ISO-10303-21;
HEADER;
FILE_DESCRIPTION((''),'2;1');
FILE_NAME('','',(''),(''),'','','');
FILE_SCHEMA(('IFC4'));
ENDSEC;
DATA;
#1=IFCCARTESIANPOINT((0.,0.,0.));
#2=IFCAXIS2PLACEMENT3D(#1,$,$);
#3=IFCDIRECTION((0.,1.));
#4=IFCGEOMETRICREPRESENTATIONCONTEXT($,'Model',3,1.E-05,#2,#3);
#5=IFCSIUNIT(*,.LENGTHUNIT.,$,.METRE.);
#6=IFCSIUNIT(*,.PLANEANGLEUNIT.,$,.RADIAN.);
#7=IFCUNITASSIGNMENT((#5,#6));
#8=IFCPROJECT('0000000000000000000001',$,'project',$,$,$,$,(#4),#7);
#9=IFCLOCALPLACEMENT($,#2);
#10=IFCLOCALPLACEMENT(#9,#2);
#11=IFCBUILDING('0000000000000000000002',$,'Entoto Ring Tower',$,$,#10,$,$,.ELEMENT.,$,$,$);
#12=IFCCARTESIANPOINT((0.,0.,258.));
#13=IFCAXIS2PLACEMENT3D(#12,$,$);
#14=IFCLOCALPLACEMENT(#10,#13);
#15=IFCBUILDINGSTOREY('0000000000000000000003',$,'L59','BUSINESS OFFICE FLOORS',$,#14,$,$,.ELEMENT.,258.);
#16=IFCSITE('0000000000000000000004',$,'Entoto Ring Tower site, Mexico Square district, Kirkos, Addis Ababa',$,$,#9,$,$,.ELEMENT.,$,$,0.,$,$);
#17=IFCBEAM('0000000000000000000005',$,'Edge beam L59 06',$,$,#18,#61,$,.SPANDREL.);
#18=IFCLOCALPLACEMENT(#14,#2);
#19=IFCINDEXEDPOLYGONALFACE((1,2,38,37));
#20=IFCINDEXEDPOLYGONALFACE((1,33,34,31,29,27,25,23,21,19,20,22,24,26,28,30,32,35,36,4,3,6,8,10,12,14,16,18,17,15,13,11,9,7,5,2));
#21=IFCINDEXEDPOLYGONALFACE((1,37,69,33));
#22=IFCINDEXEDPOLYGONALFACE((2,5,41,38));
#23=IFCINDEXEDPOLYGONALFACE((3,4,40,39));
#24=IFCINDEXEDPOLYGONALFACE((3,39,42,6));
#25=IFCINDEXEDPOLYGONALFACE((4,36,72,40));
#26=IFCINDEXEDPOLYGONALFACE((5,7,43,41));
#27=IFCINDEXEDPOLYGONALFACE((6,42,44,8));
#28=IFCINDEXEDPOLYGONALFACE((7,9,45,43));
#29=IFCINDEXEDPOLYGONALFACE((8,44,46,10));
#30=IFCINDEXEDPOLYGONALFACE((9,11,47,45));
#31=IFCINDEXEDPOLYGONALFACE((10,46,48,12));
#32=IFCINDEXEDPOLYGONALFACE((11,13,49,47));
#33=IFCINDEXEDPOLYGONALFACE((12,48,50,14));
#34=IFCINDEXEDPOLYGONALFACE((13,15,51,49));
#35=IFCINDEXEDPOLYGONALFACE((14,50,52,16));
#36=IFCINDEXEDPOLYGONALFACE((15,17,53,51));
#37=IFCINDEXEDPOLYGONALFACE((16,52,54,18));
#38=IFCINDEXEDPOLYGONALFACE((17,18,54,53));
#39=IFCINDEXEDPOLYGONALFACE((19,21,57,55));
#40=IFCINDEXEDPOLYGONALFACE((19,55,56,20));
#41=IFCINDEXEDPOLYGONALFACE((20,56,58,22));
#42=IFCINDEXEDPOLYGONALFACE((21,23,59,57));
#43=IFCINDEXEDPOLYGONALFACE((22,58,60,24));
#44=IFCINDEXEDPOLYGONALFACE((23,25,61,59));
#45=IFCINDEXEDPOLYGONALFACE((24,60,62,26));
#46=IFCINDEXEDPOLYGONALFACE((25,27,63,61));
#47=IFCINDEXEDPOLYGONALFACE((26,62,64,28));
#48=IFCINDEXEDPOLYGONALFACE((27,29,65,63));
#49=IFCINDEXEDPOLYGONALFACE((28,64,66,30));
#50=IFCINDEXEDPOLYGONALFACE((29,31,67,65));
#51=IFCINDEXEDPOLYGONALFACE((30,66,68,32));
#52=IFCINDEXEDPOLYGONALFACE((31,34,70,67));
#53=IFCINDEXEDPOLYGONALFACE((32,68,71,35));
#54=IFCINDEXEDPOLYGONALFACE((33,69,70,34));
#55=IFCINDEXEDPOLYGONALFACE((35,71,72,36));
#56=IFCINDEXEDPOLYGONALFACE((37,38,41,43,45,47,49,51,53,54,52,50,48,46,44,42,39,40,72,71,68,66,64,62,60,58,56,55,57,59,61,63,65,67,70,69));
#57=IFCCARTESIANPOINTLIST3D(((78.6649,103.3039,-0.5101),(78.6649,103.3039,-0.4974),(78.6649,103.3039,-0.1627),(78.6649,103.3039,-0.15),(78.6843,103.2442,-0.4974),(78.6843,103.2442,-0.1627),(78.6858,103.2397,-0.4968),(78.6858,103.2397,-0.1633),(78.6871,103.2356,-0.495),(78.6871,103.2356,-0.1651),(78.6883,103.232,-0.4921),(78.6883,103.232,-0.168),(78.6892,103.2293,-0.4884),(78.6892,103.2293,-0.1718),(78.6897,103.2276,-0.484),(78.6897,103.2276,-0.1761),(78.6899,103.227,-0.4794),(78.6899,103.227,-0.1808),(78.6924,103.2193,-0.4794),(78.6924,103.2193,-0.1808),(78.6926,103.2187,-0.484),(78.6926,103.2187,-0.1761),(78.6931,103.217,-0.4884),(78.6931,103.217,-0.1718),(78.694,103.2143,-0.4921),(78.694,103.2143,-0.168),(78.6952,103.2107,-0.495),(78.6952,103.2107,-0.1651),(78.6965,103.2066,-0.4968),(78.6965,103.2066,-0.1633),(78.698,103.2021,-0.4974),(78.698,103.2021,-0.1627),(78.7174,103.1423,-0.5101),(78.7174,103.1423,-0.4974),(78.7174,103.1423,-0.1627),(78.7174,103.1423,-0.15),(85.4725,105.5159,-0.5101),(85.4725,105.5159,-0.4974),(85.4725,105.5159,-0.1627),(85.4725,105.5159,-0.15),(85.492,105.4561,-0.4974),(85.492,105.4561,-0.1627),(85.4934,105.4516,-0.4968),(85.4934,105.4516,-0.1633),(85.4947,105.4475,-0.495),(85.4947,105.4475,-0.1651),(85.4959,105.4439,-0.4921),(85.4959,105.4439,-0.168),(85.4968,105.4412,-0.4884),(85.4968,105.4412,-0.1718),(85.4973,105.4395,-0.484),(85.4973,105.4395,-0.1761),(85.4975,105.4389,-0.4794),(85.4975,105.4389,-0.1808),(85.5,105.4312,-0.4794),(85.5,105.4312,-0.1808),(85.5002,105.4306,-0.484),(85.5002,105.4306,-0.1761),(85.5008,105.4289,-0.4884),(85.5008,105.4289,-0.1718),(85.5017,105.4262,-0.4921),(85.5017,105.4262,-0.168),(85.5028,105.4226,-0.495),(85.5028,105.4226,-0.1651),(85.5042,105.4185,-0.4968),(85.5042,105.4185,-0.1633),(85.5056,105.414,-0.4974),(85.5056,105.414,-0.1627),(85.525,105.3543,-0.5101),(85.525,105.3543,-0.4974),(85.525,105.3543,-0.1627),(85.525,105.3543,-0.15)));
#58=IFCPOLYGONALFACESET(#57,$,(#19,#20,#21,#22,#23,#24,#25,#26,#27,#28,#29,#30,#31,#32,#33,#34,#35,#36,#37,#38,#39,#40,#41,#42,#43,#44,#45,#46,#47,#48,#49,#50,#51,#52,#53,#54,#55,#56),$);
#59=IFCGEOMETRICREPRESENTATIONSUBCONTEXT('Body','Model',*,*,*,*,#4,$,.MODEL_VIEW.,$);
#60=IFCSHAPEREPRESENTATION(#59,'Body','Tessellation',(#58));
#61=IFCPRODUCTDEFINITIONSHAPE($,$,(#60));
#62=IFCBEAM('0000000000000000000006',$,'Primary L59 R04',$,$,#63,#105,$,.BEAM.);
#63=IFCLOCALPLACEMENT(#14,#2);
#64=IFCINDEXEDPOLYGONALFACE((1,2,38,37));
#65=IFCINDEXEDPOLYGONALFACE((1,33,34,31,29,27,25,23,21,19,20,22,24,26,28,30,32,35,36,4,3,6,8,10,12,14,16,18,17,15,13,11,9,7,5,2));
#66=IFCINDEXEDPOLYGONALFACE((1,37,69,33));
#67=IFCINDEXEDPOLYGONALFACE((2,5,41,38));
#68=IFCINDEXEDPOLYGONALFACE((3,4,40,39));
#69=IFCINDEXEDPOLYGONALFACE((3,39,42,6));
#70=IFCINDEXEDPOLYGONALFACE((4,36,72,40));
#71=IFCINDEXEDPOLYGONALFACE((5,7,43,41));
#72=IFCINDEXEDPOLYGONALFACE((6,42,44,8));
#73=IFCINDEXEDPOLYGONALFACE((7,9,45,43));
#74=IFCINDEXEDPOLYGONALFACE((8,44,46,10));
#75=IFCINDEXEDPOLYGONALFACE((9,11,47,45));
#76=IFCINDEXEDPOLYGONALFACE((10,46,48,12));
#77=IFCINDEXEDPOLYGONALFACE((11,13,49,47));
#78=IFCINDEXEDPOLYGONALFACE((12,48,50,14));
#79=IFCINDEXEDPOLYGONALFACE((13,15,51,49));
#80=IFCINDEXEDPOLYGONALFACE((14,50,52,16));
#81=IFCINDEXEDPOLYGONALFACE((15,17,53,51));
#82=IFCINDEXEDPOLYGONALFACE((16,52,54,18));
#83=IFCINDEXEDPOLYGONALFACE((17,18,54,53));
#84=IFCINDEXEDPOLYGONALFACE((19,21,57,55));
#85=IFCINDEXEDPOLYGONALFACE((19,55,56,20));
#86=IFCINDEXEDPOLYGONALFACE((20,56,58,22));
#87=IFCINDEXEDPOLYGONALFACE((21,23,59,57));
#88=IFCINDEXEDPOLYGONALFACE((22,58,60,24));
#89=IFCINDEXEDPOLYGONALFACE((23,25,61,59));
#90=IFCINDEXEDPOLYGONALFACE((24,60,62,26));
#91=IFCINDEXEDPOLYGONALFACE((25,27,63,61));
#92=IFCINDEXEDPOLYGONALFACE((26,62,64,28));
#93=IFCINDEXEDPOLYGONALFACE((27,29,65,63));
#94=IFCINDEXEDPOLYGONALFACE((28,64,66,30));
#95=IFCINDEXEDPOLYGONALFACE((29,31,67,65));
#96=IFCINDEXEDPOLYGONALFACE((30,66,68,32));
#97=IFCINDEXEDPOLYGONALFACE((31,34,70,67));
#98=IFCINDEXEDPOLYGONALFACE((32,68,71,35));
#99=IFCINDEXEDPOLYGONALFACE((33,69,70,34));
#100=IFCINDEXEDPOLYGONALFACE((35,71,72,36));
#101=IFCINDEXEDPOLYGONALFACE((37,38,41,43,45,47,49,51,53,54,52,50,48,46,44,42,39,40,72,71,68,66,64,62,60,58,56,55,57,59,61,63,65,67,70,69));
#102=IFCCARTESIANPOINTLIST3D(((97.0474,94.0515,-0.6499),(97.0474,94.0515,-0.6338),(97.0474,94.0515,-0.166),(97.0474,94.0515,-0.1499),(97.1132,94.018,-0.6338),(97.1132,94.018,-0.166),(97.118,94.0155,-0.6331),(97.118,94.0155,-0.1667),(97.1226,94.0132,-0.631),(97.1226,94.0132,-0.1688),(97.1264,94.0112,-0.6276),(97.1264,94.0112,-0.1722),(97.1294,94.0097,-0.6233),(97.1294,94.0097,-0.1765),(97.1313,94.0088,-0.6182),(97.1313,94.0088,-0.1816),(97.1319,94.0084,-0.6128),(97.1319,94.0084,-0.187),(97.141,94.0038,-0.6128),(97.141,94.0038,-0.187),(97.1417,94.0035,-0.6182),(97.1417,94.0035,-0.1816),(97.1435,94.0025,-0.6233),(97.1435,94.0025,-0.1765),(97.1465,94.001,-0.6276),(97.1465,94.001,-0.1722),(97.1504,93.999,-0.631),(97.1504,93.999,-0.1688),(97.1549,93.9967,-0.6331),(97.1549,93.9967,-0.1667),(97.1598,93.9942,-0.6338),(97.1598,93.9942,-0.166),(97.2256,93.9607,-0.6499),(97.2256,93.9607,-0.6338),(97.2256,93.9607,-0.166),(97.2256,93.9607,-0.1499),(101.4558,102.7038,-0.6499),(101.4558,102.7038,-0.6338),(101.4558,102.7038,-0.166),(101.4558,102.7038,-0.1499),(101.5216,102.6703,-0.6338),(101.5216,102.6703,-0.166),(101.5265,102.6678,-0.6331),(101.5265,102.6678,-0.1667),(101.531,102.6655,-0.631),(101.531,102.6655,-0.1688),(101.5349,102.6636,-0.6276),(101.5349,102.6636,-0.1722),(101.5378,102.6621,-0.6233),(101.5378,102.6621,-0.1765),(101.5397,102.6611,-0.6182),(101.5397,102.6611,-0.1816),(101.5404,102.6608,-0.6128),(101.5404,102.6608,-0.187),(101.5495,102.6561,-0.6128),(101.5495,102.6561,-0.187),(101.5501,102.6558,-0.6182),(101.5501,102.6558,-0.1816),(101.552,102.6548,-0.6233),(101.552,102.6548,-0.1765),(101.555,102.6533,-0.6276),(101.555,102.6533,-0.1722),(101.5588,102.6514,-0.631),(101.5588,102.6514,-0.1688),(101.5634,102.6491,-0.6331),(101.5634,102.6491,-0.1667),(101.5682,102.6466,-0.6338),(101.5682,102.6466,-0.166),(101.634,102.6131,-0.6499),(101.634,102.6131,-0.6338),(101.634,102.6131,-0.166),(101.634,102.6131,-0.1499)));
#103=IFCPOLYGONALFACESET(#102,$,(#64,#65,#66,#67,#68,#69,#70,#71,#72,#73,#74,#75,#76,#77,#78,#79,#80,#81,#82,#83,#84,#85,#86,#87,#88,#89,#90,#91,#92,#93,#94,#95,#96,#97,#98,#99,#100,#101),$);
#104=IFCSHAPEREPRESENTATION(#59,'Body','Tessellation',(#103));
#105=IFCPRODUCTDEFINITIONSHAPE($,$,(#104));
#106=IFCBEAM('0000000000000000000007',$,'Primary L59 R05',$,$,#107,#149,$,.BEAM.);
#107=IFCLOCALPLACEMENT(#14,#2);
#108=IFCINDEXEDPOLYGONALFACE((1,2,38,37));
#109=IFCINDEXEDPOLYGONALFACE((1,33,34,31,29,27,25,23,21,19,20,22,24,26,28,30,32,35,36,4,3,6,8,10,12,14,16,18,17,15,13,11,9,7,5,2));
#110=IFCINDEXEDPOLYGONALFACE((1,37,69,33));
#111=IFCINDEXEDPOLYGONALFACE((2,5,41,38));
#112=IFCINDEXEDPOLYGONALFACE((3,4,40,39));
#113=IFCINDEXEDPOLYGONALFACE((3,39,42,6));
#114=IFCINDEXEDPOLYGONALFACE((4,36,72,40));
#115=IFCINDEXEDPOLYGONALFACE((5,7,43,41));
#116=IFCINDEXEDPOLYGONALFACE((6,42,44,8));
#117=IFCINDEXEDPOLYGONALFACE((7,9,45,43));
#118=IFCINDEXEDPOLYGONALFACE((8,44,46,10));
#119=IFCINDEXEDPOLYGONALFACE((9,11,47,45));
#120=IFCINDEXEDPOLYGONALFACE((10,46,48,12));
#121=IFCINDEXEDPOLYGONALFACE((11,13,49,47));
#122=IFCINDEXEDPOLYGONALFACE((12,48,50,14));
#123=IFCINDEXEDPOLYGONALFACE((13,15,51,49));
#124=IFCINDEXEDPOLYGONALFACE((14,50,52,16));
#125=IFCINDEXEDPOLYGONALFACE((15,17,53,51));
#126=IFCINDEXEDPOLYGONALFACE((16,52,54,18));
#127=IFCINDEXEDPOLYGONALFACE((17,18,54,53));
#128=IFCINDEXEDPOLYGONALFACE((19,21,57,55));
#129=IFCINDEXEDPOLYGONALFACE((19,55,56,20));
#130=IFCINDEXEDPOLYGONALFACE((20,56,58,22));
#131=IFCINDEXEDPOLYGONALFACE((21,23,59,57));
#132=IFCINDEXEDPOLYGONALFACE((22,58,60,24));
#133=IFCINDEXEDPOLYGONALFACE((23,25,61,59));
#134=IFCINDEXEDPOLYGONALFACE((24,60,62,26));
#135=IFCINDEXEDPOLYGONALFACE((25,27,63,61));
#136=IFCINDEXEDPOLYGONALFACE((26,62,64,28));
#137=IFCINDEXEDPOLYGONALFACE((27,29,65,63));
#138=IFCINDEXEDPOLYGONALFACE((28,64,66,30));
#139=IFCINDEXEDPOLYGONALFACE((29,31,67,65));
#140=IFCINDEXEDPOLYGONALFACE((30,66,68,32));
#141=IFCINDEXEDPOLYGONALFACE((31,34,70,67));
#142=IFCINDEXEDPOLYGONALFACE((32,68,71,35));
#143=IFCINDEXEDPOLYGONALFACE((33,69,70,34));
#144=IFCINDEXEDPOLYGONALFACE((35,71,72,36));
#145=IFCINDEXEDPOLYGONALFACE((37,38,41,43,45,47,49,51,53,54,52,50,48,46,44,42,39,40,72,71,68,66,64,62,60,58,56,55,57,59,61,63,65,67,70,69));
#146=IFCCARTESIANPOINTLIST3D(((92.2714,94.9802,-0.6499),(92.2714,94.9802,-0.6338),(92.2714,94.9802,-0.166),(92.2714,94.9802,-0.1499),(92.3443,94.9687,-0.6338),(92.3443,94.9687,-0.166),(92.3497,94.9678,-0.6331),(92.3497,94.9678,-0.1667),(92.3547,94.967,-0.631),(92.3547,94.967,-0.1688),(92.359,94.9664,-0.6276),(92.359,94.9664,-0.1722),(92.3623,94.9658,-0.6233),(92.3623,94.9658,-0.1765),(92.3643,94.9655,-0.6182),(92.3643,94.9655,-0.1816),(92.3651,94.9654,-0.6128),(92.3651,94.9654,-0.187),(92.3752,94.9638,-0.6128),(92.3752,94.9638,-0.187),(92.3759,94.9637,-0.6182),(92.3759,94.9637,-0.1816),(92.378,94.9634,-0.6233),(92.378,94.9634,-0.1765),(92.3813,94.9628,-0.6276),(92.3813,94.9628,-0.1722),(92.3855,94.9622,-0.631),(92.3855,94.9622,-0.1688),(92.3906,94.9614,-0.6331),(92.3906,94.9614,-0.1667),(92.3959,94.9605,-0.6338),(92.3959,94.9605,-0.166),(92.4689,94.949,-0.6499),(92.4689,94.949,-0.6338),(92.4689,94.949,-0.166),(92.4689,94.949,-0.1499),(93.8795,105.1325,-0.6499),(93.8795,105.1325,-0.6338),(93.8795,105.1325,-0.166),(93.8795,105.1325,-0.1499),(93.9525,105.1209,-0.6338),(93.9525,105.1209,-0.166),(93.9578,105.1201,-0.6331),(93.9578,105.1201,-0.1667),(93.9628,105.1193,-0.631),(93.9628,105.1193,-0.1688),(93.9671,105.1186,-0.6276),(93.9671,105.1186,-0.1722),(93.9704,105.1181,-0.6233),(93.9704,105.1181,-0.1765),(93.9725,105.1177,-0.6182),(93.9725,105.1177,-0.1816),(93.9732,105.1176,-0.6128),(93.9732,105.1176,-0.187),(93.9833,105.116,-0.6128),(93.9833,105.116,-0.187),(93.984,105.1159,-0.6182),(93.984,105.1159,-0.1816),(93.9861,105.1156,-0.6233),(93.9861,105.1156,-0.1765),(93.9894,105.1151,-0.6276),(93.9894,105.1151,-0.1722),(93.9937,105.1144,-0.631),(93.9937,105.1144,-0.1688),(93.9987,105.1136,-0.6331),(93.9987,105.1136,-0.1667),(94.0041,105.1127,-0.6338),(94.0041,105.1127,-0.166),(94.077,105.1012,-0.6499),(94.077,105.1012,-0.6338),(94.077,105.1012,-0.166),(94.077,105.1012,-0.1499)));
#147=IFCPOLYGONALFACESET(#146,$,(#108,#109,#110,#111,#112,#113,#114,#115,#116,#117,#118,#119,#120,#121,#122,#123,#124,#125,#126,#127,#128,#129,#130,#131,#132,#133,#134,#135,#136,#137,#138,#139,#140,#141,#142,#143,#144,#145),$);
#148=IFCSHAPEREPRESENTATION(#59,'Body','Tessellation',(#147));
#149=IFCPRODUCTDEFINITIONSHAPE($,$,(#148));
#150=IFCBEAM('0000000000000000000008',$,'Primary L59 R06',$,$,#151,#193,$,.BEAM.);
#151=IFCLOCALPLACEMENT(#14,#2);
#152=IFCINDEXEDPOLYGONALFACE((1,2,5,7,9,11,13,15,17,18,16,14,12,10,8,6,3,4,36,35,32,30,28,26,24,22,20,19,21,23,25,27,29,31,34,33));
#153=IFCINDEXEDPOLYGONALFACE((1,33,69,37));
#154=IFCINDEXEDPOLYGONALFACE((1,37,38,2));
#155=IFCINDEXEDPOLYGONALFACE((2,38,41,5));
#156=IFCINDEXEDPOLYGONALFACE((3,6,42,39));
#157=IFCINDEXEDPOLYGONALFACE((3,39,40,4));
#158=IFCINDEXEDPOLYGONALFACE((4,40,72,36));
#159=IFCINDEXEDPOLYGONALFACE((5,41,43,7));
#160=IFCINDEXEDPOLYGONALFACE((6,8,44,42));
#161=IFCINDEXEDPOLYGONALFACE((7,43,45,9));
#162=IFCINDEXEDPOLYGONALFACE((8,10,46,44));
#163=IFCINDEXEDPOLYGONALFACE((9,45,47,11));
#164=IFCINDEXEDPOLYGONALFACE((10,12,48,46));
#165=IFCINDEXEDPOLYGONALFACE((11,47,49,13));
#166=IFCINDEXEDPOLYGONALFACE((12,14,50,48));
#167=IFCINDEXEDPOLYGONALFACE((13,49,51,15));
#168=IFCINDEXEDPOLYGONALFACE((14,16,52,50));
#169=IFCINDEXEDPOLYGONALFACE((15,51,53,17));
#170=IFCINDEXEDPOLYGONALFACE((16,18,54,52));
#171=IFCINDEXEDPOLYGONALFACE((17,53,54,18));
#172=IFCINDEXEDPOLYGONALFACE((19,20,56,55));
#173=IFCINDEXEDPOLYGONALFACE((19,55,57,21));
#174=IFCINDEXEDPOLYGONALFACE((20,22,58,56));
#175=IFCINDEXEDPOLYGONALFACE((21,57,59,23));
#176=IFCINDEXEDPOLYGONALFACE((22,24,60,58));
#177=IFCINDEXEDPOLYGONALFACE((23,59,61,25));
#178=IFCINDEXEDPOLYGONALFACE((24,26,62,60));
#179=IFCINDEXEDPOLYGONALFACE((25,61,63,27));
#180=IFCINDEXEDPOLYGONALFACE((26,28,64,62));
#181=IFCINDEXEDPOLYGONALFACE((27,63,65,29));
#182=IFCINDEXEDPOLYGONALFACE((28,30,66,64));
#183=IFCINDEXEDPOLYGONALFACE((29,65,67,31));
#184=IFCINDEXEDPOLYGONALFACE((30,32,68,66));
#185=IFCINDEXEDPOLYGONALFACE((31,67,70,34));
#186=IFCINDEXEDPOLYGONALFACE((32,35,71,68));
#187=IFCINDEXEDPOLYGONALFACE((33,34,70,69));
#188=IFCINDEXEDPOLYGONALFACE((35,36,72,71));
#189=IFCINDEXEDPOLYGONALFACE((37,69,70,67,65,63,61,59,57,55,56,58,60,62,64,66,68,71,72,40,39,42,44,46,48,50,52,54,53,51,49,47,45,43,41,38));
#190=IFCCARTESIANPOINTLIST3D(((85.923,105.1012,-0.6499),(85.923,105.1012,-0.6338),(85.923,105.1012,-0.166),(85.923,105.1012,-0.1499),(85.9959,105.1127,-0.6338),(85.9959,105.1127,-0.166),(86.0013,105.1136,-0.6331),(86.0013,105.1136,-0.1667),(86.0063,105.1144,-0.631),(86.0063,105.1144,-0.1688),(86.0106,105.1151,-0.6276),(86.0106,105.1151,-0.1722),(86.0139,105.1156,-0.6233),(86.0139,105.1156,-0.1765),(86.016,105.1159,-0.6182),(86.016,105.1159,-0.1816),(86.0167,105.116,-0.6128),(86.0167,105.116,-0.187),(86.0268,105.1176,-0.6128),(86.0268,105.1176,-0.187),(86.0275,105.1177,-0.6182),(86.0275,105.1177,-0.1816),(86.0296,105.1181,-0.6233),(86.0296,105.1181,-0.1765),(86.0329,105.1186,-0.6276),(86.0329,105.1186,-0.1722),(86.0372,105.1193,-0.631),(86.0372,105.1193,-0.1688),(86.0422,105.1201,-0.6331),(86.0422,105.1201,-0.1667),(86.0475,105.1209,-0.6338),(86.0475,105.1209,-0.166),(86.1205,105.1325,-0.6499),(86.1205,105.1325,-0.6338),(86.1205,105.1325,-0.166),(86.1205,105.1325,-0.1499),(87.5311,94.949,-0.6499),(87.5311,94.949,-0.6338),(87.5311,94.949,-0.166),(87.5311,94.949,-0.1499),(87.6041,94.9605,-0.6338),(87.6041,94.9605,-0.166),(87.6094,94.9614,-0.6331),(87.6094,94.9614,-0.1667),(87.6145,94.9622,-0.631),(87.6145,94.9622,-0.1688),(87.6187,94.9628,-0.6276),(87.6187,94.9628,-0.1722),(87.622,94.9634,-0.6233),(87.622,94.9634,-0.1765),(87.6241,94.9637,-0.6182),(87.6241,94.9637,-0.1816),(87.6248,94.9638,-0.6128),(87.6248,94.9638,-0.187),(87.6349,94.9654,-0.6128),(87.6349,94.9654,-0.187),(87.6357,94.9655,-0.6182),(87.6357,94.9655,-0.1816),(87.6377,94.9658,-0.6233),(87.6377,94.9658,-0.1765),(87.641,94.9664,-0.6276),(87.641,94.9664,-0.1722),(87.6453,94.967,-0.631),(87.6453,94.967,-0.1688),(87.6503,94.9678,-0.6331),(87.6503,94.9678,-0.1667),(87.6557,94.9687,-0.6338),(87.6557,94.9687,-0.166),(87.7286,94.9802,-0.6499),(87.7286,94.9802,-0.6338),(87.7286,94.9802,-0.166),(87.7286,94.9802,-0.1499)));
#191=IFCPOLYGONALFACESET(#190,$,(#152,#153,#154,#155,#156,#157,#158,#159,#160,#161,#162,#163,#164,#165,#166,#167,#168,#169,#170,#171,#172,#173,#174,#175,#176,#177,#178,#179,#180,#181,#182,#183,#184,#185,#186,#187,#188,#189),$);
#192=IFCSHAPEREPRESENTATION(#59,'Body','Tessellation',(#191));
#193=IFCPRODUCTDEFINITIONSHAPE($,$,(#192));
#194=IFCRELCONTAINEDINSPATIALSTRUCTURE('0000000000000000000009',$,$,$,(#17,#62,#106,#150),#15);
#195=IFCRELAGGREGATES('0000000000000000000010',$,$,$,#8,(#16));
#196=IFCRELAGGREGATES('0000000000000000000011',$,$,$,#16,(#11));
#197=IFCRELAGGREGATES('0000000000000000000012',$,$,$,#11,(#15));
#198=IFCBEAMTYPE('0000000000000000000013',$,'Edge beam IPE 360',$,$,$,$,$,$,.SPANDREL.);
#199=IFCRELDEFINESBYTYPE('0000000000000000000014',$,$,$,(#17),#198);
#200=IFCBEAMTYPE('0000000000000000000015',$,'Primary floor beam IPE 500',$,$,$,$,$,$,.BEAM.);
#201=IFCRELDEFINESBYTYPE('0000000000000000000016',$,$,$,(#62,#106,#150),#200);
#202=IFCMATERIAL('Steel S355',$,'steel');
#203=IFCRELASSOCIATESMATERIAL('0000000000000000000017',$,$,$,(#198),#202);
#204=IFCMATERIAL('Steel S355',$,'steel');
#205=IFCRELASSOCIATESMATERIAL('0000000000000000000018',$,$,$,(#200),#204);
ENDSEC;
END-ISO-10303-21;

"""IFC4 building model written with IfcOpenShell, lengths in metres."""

from ifc_helpers import new_model, si_unit, direction, frame, origin, origin_2d, place, context, subcontext, project, spatial, i_section, extrude, material, material_profile, profile_set, type_object, element, save


model = new_model("IFC4")

# Units and contexts
model_context = context("Model", 3, precision=1e-05, world=origin(), true_north=direction((0.0, 1.0)))
body_context = subcontext(model_context, "Body", "Model", "MODEL_VIEW")
ifc_project = project(units=[si_unit("LENGTHUNIT", "METRE"), si_unit("PLANEANGLEUNIT", "RADIAN")], contexts=[model_context])

# Site, building, storey
site_placement = place(None, origin())
site = spatial("IfcSite", under=ifc_project, at=site_placement, Name="Entoto Ring Tower site, Mexico Square district, Kirkos, Addis Ababa", CompositionType="ELEMENT", RefElevation=0.0)
building_placement = place(site_placement, origin())
building = spatial("IfcBuilding", under=site, at=building_placement, Name="Entoto Ring Tower", CompositionType="ELEMENT")
storey_placement = place(building_placement, frame((0.0, 0.0, 258.0)))
storey = spatial("IfcBuildingStorey", under=building, at=storey_placement, Name="L59", Description="BUSINESS OFFICE FLOORS", CompositionType="ELEMENT", Elevation=258.0)

# Beams
ifc_material_1 = material(Name="Steel S355", Category="steel")
ifc_material_profile_1 = material_profile(ifc_material_1, i_section(OverallWidth=0.1699, OverallDepth=0.3601, WebThickness=0.0081, FlangeThickness=0.0127, FilletRadius=0.0181, at=origin_2d()), Name="IPE 360")
ifc_profile_set_1 = profile_set([ifc_material_profile_1], Name="Steel S355")
beam_type_1 = type_object("IfcBeamType", Name="Edge beam IPE 360", PredefinedType="SPANDREL", material=ifc_profile_set_1)
beam_1_placement = place(storey_placement, frame((85.4988, 105.4351, -0.3301), z_axis=(-0.951057, -0.309015, 0.0), x_axis=(0.309015, -0.951057, 0.0)))
element("IfcBeam", 1, at=beam_1_placement, inside=storey, type_object=beam_type_1, Name="Edge beam L59 06", PredefinedType="SPANDREL", context=body_context, shape_type="SweptSolid", body=[
    extrude(i_section(OverallWidth=0.1699, OverallDepth=0.3601, WebThickness=0.0081, FlangeThickness=0.0127, FilletRadius=0.0181, at=origin_2d()), origin(), (0.0, 0.0, 1.0), 7.158),
])
ifc_material_2 = material(Name="Steel S355", Category="steel")
ifc_material_profile_2 = material_profile(ifc_material_2, i_section(OverallWidth=0.2, OverallDepth=0.5, WebThickness=0.0103, FlangeThickness=0.0161, FilletRadius=0.021, at=origin_2d()), Name="IPE 500")
ifc_profile_set_2 = profile_set([ifc_material_profile_2], Name="Steel S355")
beam_type_2 = type_object("IfcBeamType", Name="Primary floor beam IPE 500", PredefinedType="BEAM", material=ifc_profile_set_2)
beam_2_placement = place(storey_placement, frame((97.1365, 94.0061, -0.3999), z_axis=(0.453979, 0.891012, 0.0), x_axis=(-0.891012, 0.453979, 0.0)))
element("IfcBeam", 2, at=beam_2_placement, inside=storey, type_object=beam_type_2, Name="Primary L59 R04", PredefinedType="BEAM", context=body_context, shape_type="SweptSolid", body=[
    extrude(i_section(OverallWidth=0.2, OverallDepth=0.5, WebThickness=0.0103, FlangeThickness=0.0161, FilletRadius=0.021, at=origin_2d()), origin(), (0.0, 0.0, 1.0), 9.7107),
])
for number, where, z_axis, x_axis, name in (
    (3, (92.3701, 94.9646, -0.3999), (0.156452, 0.987686, 0.0), (-0.987686, 0.156452, 0.0), "Primary L59 R05"),
    (4, (87.6299, 94.9646, -0.3999), (-0.156452, 0.987686, 0.0), (-0.987686, -0.156452, 0.0), "Primary L59 R06"),
):
    element("IfcBeam", number, at=place(storey_placement, frame(where, z_axis=z_axis, x_axis=x_axis)), inside=storey, type_object=beam_type_2, Name=name, PredefinedType="BEAM", context=body_context, shape_type="SweptSolid", body=[
        extrude(i_section(OverallWidth=0.2, OverallDepth=0.5, WebThickness=0.0103, FlangeThickness=0.0161, FilletRadius=0.021, at=origin_2d()), origin(), (0.0, 0.0, 1.0), 10.2788),
    ])

save(model, "model.ifc")
